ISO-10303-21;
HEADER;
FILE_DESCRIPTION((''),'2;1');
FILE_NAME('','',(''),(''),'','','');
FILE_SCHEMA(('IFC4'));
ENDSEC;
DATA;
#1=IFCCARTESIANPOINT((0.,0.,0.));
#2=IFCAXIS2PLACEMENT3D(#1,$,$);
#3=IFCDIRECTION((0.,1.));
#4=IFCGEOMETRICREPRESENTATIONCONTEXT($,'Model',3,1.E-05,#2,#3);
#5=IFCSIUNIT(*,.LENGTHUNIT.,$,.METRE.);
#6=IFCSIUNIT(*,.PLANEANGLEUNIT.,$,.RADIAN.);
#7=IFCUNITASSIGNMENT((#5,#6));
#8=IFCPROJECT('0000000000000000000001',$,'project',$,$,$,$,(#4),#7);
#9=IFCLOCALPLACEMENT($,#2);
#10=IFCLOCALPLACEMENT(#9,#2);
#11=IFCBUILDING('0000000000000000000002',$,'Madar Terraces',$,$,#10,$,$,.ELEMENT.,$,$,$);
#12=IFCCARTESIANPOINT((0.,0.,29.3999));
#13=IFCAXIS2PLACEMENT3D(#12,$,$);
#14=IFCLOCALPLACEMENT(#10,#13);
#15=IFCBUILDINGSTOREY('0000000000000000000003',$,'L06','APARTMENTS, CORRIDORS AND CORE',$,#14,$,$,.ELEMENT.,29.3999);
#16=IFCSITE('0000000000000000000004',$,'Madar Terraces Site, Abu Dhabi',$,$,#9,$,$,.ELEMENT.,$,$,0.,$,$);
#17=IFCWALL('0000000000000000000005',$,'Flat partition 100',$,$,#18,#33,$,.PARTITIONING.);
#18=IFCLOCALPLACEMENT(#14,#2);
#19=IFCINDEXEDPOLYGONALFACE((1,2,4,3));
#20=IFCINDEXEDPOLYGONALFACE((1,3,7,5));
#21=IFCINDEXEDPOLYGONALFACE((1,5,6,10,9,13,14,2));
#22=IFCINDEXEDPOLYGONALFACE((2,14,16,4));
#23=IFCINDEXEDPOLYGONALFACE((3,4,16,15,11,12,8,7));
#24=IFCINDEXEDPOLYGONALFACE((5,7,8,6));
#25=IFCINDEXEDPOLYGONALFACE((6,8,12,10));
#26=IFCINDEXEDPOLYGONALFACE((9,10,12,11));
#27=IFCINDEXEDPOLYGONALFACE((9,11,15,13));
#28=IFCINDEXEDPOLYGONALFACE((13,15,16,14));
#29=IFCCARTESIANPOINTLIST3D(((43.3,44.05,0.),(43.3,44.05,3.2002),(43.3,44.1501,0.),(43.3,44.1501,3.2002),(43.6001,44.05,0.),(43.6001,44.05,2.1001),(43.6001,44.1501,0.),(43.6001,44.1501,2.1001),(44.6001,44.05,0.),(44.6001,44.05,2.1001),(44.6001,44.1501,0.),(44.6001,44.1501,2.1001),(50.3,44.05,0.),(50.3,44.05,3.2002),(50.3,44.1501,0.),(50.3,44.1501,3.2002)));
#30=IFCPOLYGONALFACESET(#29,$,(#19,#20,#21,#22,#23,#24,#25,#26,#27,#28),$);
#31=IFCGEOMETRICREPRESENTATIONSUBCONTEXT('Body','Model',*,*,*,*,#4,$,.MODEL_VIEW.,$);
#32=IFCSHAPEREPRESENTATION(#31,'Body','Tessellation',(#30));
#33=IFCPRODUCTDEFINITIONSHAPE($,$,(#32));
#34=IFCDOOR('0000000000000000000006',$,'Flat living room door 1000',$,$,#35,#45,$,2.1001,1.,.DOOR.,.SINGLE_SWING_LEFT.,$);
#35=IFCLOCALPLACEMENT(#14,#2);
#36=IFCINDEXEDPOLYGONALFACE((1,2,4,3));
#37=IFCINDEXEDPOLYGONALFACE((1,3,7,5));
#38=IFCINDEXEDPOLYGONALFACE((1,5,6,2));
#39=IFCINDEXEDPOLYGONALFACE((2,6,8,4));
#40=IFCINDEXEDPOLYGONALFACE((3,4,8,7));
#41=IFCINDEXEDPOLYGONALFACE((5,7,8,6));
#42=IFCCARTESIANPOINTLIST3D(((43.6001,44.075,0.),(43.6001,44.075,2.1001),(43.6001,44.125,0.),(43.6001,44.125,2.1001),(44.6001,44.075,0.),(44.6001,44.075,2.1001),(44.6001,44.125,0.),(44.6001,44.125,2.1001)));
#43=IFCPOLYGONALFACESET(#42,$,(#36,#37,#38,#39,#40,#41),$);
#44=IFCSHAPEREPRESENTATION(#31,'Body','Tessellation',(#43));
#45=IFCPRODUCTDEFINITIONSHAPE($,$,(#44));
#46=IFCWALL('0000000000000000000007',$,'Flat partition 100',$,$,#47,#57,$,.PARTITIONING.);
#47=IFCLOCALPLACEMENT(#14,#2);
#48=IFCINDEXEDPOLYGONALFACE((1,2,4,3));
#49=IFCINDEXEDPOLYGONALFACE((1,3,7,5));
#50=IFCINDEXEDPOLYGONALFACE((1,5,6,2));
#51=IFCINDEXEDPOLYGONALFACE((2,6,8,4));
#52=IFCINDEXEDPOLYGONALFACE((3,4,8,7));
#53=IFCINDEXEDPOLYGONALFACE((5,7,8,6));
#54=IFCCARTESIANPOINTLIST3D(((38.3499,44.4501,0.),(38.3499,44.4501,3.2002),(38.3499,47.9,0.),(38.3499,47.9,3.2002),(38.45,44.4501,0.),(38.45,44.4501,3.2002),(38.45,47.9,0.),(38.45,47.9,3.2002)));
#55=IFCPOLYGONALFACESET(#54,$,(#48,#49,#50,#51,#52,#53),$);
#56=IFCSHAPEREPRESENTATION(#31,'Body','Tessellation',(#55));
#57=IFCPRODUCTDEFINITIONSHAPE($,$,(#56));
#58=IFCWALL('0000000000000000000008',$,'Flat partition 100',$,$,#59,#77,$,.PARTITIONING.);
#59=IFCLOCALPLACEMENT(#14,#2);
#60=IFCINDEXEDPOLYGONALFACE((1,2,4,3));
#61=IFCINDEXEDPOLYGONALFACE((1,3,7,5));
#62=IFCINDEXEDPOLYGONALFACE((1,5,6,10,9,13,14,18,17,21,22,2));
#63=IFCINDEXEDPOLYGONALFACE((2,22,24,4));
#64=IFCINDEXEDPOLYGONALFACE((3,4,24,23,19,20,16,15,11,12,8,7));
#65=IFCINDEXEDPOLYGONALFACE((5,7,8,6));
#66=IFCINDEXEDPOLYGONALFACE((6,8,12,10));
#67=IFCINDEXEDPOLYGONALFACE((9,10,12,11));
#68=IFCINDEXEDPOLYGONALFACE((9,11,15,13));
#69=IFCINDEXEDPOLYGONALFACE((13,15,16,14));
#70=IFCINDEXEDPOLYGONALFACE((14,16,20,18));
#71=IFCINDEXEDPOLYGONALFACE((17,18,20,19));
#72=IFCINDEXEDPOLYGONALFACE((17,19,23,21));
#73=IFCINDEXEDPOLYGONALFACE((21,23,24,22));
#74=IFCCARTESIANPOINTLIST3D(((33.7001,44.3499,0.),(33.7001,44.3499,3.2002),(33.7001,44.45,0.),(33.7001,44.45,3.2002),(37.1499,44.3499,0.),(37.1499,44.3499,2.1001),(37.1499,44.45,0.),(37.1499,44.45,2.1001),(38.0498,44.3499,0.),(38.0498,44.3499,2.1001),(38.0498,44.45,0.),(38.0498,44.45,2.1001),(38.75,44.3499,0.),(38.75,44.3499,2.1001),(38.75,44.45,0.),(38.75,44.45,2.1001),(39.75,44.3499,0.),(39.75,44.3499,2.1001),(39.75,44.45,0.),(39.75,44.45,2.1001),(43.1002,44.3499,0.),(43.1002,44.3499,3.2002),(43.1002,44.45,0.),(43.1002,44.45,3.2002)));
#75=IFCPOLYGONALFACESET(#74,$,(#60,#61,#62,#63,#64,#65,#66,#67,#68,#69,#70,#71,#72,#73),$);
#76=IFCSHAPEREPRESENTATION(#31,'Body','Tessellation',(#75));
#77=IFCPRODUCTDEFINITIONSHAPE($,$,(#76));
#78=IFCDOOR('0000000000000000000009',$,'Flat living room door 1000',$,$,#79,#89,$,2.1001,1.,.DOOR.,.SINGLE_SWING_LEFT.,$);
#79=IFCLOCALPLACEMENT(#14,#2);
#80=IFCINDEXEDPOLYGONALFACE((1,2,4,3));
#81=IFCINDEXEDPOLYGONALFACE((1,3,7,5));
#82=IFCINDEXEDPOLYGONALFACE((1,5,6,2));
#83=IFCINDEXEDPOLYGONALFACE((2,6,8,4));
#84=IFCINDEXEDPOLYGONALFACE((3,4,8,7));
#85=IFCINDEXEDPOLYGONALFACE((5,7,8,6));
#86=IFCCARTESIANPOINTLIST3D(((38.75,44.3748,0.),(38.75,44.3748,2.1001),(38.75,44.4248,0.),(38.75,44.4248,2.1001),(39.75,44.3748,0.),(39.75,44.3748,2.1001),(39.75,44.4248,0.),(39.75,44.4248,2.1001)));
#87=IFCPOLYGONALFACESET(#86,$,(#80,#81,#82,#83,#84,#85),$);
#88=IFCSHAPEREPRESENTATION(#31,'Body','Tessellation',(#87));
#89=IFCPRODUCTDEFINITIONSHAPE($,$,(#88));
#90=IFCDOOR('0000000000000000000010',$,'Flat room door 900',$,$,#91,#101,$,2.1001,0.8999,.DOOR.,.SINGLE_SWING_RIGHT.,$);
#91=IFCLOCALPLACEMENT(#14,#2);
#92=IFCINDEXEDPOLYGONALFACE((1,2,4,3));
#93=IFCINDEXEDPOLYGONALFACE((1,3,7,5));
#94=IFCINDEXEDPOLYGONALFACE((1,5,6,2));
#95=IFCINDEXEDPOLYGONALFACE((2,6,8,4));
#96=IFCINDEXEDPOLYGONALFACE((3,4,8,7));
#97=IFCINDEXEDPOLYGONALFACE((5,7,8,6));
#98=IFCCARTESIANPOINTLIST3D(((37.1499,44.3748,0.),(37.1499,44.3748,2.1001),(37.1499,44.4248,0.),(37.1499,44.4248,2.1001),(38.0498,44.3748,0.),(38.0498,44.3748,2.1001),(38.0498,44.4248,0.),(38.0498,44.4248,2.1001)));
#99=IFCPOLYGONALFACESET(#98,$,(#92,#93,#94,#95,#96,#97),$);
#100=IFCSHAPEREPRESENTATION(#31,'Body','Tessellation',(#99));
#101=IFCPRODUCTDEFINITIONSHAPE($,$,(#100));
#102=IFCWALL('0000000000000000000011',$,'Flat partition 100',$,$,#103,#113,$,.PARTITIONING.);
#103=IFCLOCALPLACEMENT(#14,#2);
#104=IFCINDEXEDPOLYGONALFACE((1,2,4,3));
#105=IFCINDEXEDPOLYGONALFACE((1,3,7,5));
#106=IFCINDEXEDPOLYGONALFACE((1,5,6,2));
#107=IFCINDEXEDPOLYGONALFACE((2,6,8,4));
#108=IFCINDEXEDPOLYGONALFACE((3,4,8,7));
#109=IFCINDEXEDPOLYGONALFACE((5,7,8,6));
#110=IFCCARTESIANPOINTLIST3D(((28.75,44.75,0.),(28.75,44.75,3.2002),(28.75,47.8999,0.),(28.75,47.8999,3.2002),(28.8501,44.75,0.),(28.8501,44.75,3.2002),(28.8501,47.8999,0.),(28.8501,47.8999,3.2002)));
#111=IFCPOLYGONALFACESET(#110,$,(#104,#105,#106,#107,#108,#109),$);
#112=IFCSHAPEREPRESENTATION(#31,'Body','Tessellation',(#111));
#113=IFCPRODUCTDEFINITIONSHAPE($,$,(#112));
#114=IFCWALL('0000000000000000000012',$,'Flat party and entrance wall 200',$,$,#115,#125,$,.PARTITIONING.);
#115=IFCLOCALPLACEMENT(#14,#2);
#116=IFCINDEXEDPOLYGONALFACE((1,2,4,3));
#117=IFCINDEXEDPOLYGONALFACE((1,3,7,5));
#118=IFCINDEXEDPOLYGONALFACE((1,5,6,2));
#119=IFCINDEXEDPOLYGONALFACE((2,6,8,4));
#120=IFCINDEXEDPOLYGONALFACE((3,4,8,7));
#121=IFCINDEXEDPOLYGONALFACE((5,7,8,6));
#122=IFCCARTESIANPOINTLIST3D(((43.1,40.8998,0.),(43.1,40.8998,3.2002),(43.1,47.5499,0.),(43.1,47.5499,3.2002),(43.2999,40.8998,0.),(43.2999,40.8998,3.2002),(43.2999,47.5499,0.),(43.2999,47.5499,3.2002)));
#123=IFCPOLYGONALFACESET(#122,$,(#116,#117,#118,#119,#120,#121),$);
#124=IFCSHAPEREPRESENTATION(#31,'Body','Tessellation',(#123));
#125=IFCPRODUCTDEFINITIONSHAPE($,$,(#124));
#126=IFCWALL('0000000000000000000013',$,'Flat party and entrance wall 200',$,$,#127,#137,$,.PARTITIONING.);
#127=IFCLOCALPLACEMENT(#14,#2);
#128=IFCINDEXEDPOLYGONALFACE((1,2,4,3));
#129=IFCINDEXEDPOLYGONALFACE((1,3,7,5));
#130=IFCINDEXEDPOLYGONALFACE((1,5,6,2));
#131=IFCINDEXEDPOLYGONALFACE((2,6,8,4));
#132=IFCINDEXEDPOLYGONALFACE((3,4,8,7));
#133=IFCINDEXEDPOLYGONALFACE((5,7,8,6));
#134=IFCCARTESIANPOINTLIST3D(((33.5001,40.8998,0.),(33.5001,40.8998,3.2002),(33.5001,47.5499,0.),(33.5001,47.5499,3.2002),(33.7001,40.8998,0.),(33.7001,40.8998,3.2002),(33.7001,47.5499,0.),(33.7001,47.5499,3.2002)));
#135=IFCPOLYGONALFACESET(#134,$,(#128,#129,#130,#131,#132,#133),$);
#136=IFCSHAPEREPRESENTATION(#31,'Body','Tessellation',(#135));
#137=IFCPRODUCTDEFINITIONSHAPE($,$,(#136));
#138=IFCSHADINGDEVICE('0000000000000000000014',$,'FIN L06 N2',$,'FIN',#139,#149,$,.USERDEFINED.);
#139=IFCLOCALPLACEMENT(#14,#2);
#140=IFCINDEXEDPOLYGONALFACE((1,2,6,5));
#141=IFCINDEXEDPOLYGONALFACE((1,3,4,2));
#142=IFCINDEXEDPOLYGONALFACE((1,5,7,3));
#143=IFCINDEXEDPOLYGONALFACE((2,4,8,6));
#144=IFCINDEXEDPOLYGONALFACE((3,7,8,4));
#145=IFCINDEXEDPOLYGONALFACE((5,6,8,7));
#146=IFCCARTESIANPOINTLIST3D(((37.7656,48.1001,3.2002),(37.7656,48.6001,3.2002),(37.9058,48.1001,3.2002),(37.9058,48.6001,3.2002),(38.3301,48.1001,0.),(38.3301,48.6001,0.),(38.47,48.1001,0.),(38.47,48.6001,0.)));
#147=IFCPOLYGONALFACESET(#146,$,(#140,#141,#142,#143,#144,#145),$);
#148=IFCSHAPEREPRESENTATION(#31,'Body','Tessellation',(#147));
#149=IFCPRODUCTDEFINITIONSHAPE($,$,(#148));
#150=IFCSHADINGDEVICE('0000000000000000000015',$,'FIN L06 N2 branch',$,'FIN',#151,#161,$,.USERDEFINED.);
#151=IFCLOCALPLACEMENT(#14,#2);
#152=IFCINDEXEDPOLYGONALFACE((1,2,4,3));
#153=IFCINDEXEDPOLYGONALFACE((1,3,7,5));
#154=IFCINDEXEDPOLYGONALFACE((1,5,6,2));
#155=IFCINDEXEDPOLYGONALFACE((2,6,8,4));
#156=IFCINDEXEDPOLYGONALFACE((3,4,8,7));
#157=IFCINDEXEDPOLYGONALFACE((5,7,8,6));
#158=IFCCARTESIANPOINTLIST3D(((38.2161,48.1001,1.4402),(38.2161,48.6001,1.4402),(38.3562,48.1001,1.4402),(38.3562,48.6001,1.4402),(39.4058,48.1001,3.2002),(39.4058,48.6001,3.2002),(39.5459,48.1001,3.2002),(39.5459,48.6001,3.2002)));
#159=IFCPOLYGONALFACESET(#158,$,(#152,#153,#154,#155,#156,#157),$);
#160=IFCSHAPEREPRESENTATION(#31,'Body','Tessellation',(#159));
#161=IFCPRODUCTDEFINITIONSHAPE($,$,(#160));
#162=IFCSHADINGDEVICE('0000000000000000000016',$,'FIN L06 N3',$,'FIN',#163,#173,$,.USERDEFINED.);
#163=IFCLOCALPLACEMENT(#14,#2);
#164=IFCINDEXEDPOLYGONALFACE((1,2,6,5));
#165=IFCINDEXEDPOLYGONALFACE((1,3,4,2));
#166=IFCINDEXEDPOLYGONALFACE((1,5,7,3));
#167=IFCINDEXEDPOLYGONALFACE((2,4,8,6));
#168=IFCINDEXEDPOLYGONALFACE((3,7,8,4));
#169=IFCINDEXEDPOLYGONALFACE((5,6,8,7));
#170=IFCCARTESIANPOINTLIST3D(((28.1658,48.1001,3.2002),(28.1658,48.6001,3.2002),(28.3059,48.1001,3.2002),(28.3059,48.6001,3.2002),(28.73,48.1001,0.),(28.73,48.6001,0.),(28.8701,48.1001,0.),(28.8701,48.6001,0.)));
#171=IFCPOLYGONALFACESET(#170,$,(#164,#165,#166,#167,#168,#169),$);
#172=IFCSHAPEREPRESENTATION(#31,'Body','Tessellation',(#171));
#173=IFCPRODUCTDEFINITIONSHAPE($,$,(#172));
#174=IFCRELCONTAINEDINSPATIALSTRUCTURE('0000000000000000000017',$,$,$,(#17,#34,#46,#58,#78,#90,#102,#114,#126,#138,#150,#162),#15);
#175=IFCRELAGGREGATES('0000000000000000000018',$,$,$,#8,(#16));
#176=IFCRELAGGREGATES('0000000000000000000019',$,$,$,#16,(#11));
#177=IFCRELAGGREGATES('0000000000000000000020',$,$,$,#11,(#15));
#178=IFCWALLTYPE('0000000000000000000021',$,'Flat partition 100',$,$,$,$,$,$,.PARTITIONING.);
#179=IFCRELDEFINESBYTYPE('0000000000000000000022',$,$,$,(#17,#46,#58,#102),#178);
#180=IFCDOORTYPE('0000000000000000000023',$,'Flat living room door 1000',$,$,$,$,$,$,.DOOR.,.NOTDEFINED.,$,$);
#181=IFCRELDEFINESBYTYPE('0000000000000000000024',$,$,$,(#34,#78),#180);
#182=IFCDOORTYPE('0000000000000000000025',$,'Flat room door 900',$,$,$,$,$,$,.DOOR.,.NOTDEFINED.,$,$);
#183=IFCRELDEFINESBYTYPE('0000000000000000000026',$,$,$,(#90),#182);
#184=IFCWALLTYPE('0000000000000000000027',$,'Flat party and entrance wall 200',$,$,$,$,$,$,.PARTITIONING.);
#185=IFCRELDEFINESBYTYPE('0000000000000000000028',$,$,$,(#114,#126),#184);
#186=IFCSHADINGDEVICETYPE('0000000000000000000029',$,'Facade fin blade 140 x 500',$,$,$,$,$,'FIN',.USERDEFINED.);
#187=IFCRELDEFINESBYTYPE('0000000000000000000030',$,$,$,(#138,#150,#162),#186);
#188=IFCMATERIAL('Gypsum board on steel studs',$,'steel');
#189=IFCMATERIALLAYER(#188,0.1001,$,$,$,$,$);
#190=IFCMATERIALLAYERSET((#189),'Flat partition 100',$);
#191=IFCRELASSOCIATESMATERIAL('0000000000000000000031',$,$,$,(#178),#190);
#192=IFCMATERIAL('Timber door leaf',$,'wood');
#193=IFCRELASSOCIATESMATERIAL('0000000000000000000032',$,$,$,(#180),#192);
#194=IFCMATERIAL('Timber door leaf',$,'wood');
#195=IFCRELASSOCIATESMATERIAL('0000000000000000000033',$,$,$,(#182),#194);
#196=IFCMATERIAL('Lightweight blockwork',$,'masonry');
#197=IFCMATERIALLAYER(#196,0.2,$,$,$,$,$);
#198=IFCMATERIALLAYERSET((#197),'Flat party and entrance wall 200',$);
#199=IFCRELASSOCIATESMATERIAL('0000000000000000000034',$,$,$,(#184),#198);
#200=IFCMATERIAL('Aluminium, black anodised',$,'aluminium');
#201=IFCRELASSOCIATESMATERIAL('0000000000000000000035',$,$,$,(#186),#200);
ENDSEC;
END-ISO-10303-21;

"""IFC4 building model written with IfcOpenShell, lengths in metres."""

from ifc_helpers import new_model, si_unit, direction, frame, frame_2d, origin, place, context, subcontext, project, spatial, polyline, rectangle, outline, extrude, material, layer, layer_set, type_object, element, fill, save


model = new_model("IFC4")

# Units and contexts
model_context = context("Model", 3, precision=1e-05, world=origin(), true_north=direction((0.0, 1.0)))
body_context = subcontext(model_context, "Body", "Model", "MODEL_VIEW")
ifc_project = project(units=[si_unit("LENGTHUNIT", "METRE"), si_unit("PLANEANGLEUNIT", "RADIAN")], contexts=[model_context])

# Site, building, storey
site_placement = place(None, origin())
site = spatial("IfcSite", under=ifc_project, at=site_placement, Name="Madar Terraces Site, Abu Dhabi", CompositionType="ELEMENT", RefElevation=0.0)
building_placement = place(site_placement, origin())
building = spatial("IfcBuilding", under=site, at=building_placement, Name="Madar Terraces", CompositionType="ELEMENT")
storey_placement = place(building_placement, frame((0.0, 0.0, 29.3999)))
storey = spatial("IfcBuildingStorey", under=building, at=storey_placement, Name="L06", Description="APARTMENTS, CORRIDORS AND CORE", CompositionType="ELEMENT", Elevation=29.3999)

# Wall, opening, door
ifc_material_1 = material(Name="Gypsum board on steel studs", Category="steel")
ifc_layer_1 = layer(ifc_material_1, 0.1001)
ifc_layer_set_1 = layer_set([ifc_layer_1], Name="Flat partition 100")
wall_type_1 = type_object("IfcWallType", Name="Flat partition 100", PredefinedType="PARTITIONING", material=ifc_layer_set_1)
wall_1_placement = place(storey_placement, frame((43.3, 44.1001, 0.0), z_axis=(0.0, 0.0, 1.0), x_axis=(1.0, 0.0, 0.0)))
wall_1 = element("IfcWall", 1, at=wall_1_placement, inside=storey, type_object=wall_type_1, Name="Flat partition 100", PredefinedType="PARTITIONING", context=body_context, shape_type="SweptSolid", body=[
    extrude(rectangle(XDim=7.0, YDim=0.1001, at=frame_2d((3.5, 0.0))), origin(), (0.0, 0.0, 1.0), 3.2002),
])
opening_1_placement = place(wall_1_placement, frame((0.3, 0.0, 0.0)))
opening_1 = element("IfcOpeningElement", 2, at=opening_1_placement, cuts=wall_1, PredefinedType="OPENING", context=body_context, shape_type="SweptSolid", body=[
    extrude(rectangle(XDim=1.0, YDim=2.1001, at=frame_2d((0.5, 1.05))), frame((0.0, 0.0601, 0.0), z_axis=(0.0, -1.0, 0.0), x_axis=(1.0, 0.0, 0.0)), (0.0, 0.0, 1.0), 0.1201),
])
ifc_material_2 = material(Name="Timber door leaf", Category="wood")
door_type_1 = type_object("IfcDoorType", Name="Flat living room door 1000", OperationType="NOTDEFINED", PredefinedType="DOOR", material=ifc_material_2)
door_1_placement = place(opening_1_placement, origin())
door_1 = element("IfcDoor", 3, at=door_1_placement, inside=storey, type_object=door_type_1, Name="Flat living room door 1000", OperationType="SINGLE_SWING_LEFT", OverallHeight=2.1001, OverallWidth=1.0, PredefinedType="DOOR", context=body_context, shape_type="SweptSolid", body=[
    extrude(rectangle(XDim=1.0, YDim=2.1001, at=frame_2d((0.5, 1.05))), frame((0.0, 0.0249, 0.0), z_axis=(0.0, -1.0, 0.0), x_axis=(1.0, 0.0, 0.0)), (0.0, 0.0, 1.0), 0.05),
])
fill(opening_1, door_1)

# Wall
wall_2_placement = place(storey_placement, frame((38.3999, 44.45, 0.0), z_axis=(0.0, 0.0, 1.0), x_axis=(0.0, 1.0, 0.0)))
element("IfcWall", 4, at=wall_2_placement, inside=storey, type_object=wall_type_1, Name="Flat partition 100", PredefinedType="PARTITIONING", context=body_context, shape_type="SweptSolid", body=[
    extrude(rectangle(XDim=3.45, YDim=0.1001, at=frame_2d((1.7251, 0.0))), origin(), (0.0, 0.0, 1.0), 3.2002),
])

# Wall, openings, doors
wall_3_placement = place(storey_placement, frame((33.7, 44.3999, 0.0), z_axis=(0.0, 0.0, 1.0), x_axis=(1.0, 0.0, 0.0)))
wall_3 = element("IfcWall", 5, at=wall_3_placement, inside=storey, type_object=wall_type_1, Name="Flat partition 100", PredefinedType="PARTITIONING", context=body_context, shape_type="SweptSolid", body=[
    extrude(rectangle(XDim=9.4001, YDim=0.1001, at=frame_2d((4.7002, 0.0))), origin(), (0.0, 0.0, 1.0), 3.2002),
])
opening_2_placement = place(wall_3_placement, frame((5.05, 0.0, 0.0)))
opening_2 = element("IfcOpeningElement", 6, at=opening_2_placement, cuts=wall_3, PredefinedType="OPENING", context=body_context, shape_type="SweptSolid", body=[
    extrude(rectangle(XDim=1.0, YDim=2.1001, at=frame_2d((0.5, 1.05))), frame((0.0, 0.0601, 0.0), z_axis=(0.0, -1.0, 0.0), x_axis=(1.0, 0.0, 0.0)), (0.0, 0.0, 1.0), 0.1201),
])
opening_3_placement = place(wall_3_placement, frame((3.45, 0.0, 0.0)))
opening_3 = element("IfcOpeningElement", 7, at=opening_3_placement, cuts=wall_3, PredefinedType="OPENING", context=body_context, shape_type="SweptSolid", body=[
    extrude(rectangle(XDim=0.8999, YDim=2.1001, at=frame_2d((0.45, 1.05))), frame((0.0, 0.0601, 0.0), z_axis=(0.0, -1.0, 0.0), x_axis=(1.0, 0.0, 0.0)), (0.0, 0.0, 1.0), 0.1201),
])
door_2_placement = place(opening_2_placement, origin())
door_2 = element("IfcDoor", 8, at=door_2_placement, inside=storey, type_object=door_type_1, Name="Flat living room door 1000", OperationType="SINGLE_SWING_LEFT", OverallHeight=2.1001, OverallWidth=1.0, PredefinedType="DOOR", context=body_context, shape_type="SweptSolid", body=[
    extrude(rectangle(XDim=1.0, YDim=2.1001, at=frame_2d((0.5, 1.05))), frame((0.0, 0.0249, 0.0), z_axis=(0.0, -1.0, 0.0), x_axis=(1.0, 0.0, 0.0)), (0.0, 0.0, 1.0), 0.05),
])
fill(opening_2, door_2)
ifc_material_3 = material(Name="Timber door leaf", Category="wood")
door_type_2 = type_object("IfcDoorType", Name="Flat room door 900", OperationType="NOTDEFINED", PredefinedType="DOOR", material=ifc_material_3)
door_3_placement = place(opening_3_placement, origin())
door_3 = element("IfcDoor", 9, at=door_3_placement, inside=storey, type_object=door_type_2, Name="Flat room door 900", OperationType="SINGLE_SWING_RIGHT", OverallHeight=2.1001, OverallWidth=0.8999, PredefinedType="DOOR", context=body_context, shape_type="SweptSolid", body=[
    extrude(rectangle(XDim=0.8999, YDim=2.1001, at=frame_2d((0.45, 1.05))), frame((0.0, 0.0249, 0.0), z_axis=(0.0, -1.0, 0.0), x_axis=(1.0, 0.0, 0.0)), (0.0, 0.0, 1.0), 0.05),
])
fill(opening_3, door_3)

# Walls
wall_4_placement = place(storey_placement, frame((28.8, 44.75, 0.0), z_axis=(0.0, 0.0, 1.0), x_axis=(0.0, 1.0, 0.0)))
element("IfcWall", 10, at=wall_4_placement, inside=storey, type_object=wall_type_1, Name="Flat partition 100", PredefinedType="PARTITIONING", context=body_context, shape_type="SweptSolid", body=[
    extrude(rectangle(XDim=3.1499, YDim=0.1001, at=frame_2d((1.575, 0.0))), origin(), (0.0, 0.0, 1.0), 3.2002),
])
ifc_material_4 = material(Name="Lightweight blockwork", Category="masonry")
ifc_layer_2 = layer(ifc_material_4, 0.2)
ifc_layer_set_2 = layer_set([ifc_layer_2], Name="Flat party and entrance wall 200")
wall_type_2 = type_object("IfcWallType", Name="Flat party and entrance wall 200", PredefinedType="PARTITIONING", material=ifc_layer_set_2)
for number, where, z_axis, x_axis, name in (
    (11, (43.2, 47.55, 0.0), (0.0, 0.0, 1.0), (0.0, -1.0, 0.0), "Flat party and entrance wall 200"),
    (12, (33.6001, 47.55, 0.0), (0.0, 0.0, 1.0), (0.0, -1.0, 0.0), "Flat party and entrance wall 200"),
):
    element("IfcWall", number, at=place(storey_placement, frame(where, z_axis=z_axis, x_axis=x_axis)), inside=storey, type_object=wall_type_2, Name=name, PredefinedType="PARTITIONING", context=body_context, shape_type="SweptSolid", body=[
        extrude(rectangle(XDim=6.6501, YDim=0.2, at=frame_2d((3.3252, 0.0))), origin(), (0.0, 0.0, 1.0), 3.2002),
    ])

# Shading devices
ifc_material_5 = material(Name="Aluminium, black anodised", Category="aluminium")
shading_device_type = type_object("IfcShadingDeviceType", Name="Facade fin blade 140 x 500", ElementType="FIN", PredefinedType="USERDEFINED", material=ifc_material_5)
shading_device_1_placement = place(storey_placement, frame((38.47, 48.3501, 0.0), z_axis=(0.0, 0.0, 1.0), x_axis=(-1.0, 0.0, 0.0)))
element("IfcShadingDevice", 13, at=shading_device_1_placement, inside=storey, type_object=shading_device_type, Name="FIN L06 N2", ObjectType="FIN", PredefinedType="USERDEFINED", context=body_context, shape_type="SweptSolid", body=[
    extrude(outline(polyline([(0.0, 0.0), (0.1399, 0.0), (0.7043, 3.2002), (0.5642, 3.2002), (0.0, 0.0)])), frame((0.0, 0.25, 0.0), z_axis=(0.0, -1.0, 0.0), x_axis=(1.0, 0.0, 0.0)), (0.0, 0.0, 1.0), 0.5),
])
shading_device_2_placement = place(storey_placement, frame((38.3562, 48.3501, 1.4402), z_axis=(0.0, 0.0, 1.0), x_axis=(-1.0, 0.0, 0.0)))
element("IfcShadingDevice", 14, at=shading_device_2_placement, inside=storey, type_object=shading_device_type, Name="FIN L06 N2 branch", ObjectType="FIN", PredefinedType="USERDEFINED", context=body_context, shape_type="SweptSolid", body=[
    extrude(outline(polyline([(0.0, 0.0), (0.1401, 0.0), (-1.0496, 1.76), (-1.1897, 1.76), (0.0, 0.0)])), frame((0.0, 0.25, 0.0), z_axis=(0.0, -1.0, 0.0), x_axis=(1.0, 0.0, 0.0)), (0.0, 0.0, 1.0), 0.5),
])
shading_device_3_placement = place(storey_placement, frame((28.8701, 48.3501, 0.0), z_axis=(0.0, 0.0, 1.0), x_axis=(-1.0, 0.0, 0.0)))
element("IfcShadingDevice", 15, at=shading_device_3_placement, inside=storey, type_object=shading_device_type, Name="FIN L06 N3", ObjectType="FIN", PredefinedType="USERDEFINED", context=body_context, shape_type="SweptSolid", body=[
    extrude(outline(polyline([(0.0, 0.0), (0.1401, 0.0), (0.7043, 3.2002), (0.5642, 3.2002), (0.0, 0.0)])), frame((0.0, 0.25, 0.0), z_axis=(0.0, -1.0, 0.0), x_axis=(1.0, 0.0, 0.0)), (0.0, 0.0, 1.0), 0.5),
])

save(model, "model.ifc")
